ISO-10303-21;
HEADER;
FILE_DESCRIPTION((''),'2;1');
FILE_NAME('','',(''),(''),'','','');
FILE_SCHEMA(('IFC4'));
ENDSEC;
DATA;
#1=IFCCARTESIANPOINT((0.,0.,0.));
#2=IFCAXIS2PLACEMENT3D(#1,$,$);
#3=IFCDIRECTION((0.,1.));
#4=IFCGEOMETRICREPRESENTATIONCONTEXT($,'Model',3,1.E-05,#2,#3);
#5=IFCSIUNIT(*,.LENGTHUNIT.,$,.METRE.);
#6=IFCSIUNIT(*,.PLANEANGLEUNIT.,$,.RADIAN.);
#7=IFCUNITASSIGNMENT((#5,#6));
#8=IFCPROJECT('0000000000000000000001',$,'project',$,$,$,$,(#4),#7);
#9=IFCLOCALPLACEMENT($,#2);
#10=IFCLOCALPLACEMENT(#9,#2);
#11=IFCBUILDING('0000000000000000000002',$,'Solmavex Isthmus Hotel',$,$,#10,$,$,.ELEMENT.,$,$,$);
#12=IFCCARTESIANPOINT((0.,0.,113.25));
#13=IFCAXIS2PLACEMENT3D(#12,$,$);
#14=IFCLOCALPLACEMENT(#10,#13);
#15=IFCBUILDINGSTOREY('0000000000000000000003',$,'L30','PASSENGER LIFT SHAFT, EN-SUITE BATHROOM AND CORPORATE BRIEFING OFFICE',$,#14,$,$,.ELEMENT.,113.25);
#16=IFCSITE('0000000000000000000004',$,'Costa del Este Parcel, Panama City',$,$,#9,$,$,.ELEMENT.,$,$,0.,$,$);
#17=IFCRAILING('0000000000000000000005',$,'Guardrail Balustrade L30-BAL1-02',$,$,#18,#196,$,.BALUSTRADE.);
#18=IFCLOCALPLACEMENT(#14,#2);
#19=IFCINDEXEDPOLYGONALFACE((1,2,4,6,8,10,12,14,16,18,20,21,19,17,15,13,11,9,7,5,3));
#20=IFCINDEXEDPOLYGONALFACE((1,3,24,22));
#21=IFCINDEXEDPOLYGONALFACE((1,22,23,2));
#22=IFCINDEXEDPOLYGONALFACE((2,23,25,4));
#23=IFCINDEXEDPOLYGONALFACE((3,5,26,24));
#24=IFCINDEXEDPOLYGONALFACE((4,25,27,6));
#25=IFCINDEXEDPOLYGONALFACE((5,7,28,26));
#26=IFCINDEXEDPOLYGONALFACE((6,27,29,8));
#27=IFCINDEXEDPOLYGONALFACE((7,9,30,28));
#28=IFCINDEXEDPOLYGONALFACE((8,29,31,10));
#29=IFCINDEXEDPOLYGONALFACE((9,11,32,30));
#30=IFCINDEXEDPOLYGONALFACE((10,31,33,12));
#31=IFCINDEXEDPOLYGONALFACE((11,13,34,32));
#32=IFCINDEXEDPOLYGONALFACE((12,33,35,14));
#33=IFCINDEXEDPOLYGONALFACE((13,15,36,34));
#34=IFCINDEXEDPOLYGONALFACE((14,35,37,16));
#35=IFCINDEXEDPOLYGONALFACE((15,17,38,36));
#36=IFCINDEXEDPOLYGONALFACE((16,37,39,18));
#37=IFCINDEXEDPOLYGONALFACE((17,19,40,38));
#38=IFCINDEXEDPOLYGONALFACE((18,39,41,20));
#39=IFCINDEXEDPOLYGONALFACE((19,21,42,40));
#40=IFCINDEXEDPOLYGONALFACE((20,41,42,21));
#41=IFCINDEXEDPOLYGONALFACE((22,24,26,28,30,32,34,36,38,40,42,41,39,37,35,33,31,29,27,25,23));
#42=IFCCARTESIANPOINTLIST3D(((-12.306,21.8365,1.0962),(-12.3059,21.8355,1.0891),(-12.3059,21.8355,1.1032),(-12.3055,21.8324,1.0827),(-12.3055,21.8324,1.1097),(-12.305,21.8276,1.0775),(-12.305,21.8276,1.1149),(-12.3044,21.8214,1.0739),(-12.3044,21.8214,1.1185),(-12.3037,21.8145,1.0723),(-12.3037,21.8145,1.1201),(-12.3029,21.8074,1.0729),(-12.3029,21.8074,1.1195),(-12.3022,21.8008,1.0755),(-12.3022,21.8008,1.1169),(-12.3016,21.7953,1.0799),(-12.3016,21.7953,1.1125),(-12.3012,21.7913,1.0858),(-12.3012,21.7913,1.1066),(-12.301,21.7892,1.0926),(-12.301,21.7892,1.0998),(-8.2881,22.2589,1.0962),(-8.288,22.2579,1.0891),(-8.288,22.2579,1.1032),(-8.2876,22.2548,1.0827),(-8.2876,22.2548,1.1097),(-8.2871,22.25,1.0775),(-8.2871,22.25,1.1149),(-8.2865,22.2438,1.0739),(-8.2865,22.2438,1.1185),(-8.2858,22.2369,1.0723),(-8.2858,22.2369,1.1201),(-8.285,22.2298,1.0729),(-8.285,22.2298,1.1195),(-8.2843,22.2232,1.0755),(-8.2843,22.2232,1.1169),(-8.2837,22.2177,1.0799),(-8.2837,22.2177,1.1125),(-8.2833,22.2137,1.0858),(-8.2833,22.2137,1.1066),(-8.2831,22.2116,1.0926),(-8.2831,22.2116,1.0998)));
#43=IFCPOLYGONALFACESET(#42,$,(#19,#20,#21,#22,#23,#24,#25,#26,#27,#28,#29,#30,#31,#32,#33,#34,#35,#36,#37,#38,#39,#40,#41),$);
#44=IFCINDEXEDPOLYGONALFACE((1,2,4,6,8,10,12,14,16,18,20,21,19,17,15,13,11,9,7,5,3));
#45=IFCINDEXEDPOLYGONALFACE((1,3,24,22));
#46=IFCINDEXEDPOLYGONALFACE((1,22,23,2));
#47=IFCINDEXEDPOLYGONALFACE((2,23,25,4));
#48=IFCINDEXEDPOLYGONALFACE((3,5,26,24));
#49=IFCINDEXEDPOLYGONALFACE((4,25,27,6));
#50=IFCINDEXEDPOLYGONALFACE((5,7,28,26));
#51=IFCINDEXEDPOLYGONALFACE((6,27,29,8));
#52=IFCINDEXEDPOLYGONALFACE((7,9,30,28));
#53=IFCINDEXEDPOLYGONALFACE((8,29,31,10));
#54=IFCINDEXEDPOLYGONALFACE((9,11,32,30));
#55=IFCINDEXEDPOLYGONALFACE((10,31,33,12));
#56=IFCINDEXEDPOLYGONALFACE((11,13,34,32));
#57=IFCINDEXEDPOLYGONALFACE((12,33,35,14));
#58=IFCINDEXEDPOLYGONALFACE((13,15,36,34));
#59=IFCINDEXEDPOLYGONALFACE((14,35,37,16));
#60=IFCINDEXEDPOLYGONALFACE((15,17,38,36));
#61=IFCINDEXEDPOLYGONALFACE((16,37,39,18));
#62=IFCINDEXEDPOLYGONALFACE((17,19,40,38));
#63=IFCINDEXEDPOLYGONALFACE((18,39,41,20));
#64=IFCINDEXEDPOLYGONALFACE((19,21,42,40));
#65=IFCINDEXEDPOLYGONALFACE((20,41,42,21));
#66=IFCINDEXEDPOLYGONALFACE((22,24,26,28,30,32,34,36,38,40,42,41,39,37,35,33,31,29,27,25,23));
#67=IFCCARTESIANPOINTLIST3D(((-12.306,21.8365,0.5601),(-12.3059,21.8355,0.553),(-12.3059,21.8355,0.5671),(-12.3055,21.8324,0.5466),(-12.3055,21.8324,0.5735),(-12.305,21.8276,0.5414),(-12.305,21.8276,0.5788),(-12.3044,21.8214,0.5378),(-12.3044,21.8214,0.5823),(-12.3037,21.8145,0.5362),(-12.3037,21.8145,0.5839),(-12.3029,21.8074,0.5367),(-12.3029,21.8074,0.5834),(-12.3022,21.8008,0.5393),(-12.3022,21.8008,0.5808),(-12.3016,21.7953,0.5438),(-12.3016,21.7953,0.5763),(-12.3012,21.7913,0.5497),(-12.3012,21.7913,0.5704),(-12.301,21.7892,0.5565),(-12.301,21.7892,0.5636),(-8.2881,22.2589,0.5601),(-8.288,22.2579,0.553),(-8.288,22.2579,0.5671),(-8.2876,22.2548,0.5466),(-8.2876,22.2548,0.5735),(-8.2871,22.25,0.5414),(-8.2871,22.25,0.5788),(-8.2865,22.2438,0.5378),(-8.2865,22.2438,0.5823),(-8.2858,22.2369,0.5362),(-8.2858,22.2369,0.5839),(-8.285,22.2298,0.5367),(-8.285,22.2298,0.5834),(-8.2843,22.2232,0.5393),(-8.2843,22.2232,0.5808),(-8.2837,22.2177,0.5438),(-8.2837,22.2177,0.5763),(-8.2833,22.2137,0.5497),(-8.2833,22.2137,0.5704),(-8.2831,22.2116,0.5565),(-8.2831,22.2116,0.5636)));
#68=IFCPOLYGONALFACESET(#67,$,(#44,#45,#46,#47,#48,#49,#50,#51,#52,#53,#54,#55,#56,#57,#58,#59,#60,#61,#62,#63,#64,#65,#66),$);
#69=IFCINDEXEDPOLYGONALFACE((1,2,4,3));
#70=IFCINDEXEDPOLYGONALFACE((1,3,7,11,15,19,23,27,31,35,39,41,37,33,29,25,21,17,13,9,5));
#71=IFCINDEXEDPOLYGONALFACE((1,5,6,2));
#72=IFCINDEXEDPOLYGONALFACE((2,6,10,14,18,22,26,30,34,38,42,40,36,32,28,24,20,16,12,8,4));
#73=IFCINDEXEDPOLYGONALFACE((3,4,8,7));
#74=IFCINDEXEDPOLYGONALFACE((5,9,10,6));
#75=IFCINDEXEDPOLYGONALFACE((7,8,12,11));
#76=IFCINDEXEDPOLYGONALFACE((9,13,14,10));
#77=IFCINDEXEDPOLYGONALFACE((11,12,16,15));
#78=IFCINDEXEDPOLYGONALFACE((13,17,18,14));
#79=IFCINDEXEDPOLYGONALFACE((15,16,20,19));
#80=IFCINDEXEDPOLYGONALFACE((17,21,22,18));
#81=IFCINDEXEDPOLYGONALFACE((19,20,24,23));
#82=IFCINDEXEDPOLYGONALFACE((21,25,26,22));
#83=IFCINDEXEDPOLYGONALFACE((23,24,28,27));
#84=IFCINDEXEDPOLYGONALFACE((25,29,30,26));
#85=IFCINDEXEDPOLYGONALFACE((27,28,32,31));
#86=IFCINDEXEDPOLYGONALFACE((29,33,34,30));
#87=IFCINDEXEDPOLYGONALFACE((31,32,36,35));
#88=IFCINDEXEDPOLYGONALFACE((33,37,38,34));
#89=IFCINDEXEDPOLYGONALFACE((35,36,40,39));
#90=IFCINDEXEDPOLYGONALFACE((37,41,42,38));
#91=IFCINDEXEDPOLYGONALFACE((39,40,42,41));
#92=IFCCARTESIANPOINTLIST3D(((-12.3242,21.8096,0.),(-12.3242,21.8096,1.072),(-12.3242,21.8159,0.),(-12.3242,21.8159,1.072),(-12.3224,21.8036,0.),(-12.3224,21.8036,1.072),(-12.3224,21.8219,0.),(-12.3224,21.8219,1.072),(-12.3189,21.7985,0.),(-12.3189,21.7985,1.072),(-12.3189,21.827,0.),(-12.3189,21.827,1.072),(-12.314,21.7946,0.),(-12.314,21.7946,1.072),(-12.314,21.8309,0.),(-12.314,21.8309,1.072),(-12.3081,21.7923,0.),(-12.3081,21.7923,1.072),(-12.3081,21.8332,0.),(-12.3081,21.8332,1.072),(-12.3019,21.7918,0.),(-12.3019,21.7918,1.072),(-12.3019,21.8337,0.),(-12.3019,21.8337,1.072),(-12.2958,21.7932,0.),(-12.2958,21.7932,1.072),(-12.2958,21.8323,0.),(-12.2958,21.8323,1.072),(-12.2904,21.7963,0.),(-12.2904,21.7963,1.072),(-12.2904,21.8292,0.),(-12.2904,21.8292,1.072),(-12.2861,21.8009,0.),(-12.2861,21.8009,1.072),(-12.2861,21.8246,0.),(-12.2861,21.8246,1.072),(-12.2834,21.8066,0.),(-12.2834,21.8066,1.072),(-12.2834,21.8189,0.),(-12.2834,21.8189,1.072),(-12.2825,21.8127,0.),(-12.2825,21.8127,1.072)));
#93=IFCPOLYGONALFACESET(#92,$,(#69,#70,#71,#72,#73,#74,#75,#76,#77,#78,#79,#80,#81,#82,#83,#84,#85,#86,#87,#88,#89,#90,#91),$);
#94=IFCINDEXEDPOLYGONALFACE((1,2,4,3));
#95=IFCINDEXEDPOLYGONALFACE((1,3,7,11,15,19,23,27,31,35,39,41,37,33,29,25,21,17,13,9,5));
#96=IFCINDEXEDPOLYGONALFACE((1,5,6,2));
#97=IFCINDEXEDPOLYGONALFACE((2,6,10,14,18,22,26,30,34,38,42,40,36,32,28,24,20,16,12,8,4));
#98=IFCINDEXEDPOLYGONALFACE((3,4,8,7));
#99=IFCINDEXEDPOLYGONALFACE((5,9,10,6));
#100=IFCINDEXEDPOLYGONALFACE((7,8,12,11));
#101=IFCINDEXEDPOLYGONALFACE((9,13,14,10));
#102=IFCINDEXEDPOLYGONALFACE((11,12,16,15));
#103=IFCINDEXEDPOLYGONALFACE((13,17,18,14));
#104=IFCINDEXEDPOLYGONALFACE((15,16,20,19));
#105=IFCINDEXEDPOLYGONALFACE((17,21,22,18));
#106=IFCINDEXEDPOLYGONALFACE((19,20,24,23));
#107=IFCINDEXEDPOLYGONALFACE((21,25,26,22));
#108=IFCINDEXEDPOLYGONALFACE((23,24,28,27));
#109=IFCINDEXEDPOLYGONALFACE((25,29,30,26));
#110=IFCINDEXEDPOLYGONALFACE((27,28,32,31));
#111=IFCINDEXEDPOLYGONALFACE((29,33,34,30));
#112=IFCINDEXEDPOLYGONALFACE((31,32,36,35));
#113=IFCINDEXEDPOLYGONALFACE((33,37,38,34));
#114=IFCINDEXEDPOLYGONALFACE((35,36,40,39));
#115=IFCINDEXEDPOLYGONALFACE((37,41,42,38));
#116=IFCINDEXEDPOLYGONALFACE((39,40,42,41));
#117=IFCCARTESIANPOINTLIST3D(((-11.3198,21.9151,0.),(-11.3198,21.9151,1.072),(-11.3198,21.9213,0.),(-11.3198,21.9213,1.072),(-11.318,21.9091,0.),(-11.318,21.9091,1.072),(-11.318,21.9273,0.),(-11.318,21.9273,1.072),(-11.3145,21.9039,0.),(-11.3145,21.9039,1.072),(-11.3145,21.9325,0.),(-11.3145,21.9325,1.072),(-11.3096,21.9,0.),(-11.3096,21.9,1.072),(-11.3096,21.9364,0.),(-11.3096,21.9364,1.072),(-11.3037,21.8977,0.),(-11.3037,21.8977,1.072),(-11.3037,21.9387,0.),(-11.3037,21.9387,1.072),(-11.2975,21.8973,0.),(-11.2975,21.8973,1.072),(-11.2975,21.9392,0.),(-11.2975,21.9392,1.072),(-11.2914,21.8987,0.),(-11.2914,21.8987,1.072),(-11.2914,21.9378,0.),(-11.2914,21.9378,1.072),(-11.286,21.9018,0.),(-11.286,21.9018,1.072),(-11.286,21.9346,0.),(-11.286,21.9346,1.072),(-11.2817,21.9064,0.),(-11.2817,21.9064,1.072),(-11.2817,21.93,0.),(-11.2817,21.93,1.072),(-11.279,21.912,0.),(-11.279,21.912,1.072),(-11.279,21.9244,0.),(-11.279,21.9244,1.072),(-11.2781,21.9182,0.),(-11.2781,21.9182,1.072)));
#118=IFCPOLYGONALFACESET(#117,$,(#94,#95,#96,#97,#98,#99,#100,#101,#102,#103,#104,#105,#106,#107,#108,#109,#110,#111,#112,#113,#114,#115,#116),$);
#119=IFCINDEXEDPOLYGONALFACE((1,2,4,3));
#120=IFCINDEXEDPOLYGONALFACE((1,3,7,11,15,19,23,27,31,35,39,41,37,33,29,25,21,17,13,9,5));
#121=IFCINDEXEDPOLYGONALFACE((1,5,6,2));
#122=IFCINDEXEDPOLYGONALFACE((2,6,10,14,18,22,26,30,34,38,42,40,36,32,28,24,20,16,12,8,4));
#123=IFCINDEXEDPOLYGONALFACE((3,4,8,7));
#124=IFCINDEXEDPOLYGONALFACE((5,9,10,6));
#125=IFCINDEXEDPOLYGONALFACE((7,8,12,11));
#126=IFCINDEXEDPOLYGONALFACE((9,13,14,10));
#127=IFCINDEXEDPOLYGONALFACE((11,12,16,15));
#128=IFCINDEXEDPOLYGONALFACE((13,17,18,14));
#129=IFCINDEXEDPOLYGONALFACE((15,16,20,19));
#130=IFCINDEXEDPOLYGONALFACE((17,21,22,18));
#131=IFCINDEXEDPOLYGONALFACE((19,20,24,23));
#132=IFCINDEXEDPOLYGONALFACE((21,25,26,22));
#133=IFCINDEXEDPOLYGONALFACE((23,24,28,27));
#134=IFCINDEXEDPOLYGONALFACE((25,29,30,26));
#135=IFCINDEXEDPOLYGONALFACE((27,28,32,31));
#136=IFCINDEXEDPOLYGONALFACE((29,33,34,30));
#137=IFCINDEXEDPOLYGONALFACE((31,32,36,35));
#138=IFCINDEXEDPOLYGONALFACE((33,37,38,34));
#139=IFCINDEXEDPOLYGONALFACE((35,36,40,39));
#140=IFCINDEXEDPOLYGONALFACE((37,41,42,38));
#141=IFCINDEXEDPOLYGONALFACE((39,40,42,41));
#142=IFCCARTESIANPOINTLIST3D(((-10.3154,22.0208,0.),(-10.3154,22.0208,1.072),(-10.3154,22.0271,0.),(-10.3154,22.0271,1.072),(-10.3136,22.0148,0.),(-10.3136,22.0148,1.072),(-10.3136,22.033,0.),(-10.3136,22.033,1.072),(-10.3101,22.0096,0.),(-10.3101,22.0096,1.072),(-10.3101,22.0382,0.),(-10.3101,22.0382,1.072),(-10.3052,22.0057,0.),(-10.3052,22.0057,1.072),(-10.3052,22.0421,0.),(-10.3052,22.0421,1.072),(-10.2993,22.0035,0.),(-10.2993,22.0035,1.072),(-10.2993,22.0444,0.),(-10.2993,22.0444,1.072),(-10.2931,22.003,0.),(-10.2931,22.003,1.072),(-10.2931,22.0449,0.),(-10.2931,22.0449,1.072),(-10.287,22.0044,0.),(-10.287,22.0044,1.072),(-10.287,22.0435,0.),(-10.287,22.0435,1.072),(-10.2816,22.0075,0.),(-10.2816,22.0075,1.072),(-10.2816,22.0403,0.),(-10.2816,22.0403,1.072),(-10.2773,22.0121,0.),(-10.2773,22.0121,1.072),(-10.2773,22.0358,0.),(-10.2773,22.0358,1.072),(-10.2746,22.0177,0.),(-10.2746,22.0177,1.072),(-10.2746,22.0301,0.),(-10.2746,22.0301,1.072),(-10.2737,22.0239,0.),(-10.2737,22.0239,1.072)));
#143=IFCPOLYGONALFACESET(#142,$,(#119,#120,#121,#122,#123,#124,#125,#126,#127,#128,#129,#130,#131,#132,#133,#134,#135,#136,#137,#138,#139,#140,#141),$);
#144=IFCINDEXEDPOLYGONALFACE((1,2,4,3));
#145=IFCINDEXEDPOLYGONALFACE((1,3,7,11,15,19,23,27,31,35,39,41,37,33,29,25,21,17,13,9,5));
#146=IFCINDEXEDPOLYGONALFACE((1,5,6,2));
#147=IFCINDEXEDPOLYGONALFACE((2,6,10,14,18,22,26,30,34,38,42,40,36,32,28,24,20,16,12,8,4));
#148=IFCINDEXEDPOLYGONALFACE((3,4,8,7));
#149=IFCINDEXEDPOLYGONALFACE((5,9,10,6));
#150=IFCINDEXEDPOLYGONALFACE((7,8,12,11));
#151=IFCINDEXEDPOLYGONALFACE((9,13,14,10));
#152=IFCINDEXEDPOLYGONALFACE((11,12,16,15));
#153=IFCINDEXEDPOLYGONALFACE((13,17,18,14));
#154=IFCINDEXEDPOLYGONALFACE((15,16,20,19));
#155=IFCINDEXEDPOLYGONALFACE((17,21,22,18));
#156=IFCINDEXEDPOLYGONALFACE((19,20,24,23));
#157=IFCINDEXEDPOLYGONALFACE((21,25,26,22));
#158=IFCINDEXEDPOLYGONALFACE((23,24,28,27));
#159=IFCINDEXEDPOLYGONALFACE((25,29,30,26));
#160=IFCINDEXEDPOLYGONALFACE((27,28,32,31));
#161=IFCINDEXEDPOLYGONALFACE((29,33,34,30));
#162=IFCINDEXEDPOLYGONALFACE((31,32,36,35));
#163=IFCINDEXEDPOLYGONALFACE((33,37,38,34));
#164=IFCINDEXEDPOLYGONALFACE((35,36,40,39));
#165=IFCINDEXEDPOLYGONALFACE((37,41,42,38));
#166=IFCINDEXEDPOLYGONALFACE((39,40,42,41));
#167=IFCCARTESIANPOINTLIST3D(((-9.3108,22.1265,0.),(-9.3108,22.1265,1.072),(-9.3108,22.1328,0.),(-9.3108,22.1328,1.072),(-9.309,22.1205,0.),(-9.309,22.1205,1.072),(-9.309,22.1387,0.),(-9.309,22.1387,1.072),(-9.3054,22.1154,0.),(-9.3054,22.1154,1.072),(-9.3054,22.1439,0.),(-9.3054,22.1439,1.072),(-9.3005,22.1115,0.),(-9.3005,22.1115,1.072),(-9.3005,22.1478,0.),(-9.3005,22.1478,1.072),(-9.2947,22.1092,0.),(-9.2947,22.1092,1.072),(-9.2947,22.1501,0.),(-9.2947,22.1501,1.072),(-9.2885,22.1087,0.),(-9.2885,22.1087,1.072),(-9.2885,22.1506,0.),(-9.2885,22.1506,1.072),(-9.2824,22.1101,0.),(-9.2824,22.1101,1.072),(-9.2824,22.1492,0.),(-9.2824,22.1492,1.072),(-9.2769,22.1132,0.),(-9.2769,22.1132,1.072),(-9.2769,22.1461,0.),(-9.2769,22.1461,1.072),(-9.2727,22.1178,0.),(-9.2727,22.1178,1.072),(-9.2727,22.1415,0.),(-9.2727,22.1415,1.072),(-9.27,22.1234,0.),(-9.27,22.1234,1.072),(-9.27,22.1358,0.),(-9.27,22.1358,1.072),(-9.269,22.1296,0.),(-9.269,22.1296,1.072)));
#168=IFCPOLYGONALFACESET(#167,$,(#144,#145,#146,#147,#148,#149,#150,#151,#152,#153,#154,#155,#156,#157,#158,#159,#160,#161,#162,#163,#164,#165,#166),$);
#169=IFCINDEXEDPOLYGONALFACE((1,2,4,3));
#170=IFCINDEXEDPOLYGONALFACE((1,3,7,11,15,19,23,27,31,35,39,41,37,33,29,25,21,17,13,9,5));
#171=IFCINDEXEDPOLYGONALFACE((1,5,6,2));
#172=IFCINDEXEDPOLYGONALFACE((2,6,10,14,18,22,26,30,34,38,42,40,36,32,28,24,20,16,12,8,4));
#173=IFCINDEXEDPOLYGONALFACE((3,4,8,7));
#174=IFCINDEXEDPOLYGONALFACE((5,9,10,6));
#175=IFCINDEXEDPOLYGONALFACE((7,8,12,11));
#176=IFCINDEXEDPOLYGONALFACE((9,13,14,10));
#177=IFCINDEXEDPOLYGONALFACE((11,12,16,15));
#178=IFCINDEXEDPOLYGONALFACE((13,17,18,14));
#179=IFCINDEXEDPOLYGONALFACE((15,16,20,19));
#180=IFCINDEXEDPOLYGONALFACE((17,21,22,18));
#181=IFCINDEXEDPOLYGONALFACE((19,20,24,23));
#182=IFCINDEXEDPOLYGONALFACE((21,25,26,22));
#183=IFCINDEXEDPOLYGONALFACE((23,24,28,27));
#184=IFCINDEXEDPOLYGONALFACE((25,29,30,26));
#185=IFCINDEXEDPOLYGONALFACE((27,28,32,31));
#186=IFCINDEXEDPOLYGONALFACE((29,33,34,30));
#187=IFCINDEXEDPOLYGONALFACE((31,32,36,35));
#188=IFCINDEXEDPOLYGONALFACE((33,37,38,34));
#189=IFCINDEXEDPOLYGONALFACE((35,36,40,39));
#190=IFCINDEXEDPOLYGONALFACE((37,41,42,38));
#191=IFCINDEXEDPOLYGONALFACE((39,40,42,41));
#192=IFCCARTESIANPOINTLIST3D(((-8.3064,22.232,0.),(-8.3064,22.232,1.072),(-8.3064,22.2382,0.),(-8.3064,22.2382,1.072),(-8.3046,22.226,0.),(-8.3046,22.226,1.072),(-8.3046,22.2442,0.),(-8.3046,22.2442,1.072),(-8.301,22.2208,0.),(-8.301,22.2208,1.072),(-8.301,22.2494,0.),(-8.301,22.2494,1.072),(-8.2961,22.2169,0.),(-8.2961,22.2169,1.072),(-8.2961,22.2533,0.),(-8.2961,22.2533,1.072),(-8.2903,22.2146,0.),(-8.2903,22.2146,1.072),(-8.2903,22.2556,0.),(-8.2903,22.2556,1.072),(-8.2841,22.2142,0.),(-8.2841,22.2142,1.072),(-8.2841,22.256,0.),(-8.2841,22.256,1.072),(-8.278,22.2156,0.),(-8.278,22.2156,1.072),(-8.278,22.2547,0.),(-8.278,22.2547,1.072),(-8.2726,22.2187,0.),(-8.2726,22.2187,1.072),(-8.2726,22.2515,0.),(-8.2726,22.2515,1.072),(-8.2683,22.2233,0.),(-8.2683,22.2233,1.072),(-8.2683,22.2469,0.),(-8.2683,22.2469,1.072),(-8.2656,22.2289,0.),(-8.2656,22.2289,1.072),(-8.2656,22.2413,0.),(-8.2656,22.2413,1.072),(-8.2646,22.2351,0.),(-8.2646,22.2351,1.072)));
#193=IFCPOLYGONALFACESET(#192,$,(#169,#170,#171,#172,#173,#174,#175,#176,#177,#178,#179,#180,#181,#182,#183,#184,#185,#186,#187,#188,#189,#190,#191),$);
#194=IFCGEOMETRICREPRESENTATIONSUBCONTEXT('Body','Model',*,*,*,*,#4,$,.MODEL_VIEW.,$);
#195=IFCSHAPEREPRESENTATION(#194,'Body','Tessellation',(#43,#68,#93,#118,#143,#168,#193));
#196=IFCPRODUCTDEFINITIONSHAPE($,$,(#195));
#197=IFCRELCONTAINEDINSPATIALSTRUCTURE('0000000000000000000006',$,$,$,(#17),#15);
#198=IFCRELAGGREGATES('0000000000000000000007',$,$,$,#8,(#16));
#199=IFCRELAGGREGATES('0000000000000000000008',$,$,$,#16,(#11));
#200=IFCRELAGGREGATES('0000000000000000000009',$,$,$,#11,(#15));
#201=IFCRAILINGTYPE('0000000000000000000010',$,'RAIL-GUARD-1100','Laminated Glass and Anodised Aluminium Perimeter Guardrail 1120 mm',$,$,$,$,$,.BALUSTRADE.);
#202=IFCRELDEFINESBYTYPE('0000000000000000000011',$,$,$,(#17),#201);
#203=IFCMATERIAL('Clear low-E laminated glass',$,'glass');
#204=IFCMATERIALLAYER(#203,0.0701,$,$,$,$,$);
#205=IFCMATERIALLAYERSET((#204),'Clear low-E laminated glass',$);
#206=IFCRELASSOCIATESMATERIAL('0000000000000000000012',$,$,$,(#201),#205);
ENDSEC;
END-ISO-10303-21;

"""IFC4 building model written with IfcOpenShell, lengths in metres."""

from ifc_helpers import new_model, si_unit, direction, frame, origin, origin_2d, place, context, subcontext, project, spatial, circle, extrude, material, layer, layer_set, type_object, element, save


model = new_model("IFC4")

# Units and contexts
model_context = context("Model", 3, precision=1e-05, world=origin(), true_north=direction((0.0, 1.0)))
body_context = subcontext(model_context, "Body", "Model", "MODEL_VIEW")
ifc_project = project(units=[si_unit("LENGTHUNIT", "METRE"), si_unit("PLANEANGLEUNIT", "RADIAN")], contexts=[model_context])

# Site, building, storey
site_placement = place(None, origin())
site = spatial("IfcSite", under=ifc_project, at=site_placement, Name="Costa del Este Parcel, Panama City", CompositionType="ELEMENT", RefElevation=0.0)
building_placement = place(site_placement, origin())
building = spatial("IfcBuilding", under=site, at=building_placement, Name="Solmavex Isthmus Hotel", CompositionType="ELEMENT")
storey_placement = place(building_placement, frame((0.0, 0.0, 113.25)))
storey = spatial("IfcBuildingStorey", under=building, at=storey_placement, Name="L30", Description="PASSENGER LIFT SHAFT, EN-SUITE BATHROOM AND CORPORATE BRIEFING OFFICE", CompositionType="ELEMENT", Elevation=113.25)

# Shared definitions
ifc_material_1 = material(Name="Clear low-E laminated glass", Category="glass")

# Railing
ifc_layer_1 = layer(ifc_material_1, 0.0701)
ifc_layer_set_1 = layer_set([ifc_layer_1], Name="Clear low-E laminated glass")
railing_type = type_object("IfcRailingType", Name="RAIL-GUARD-1100", Description="Laminated Glass and Anodised Aluminium Perimeter Guardrail 1120 mm", PredefinedType="BALUSTRADE", material=ifc_layer_set_1)
railing_1_placement = place(storey_placement, frame((-12.3035, 21.8127, 0.0)))
element("IfcRailing", 1, at=railing_1_placement, inside=storey, type_object=railing_type, Name="Guardrail Balustrade L30-BAL1-02", PredefinedType="BALUSTRADE", context=body_context, shape_type="SweptSolid", body=[
    extrude(circle(Radius=0.0239, at=origin_2d()), frame((0.0, 0.0, 1.0962), z_axis=(0.99452, 0.104546, 0.0), x_axis=(-0.104546, 0.99452, 0.0)), (0.0, 0.0, 1.0), 4.04),
    extrude(circle(Radius=0.0239, at=origin_2d()), frame((0.0, 0.0, 0.5601), z_axis=(0.99452, 0.104546, 0.0), x_axis=(-0.104546, 0.99452, 0.0)), (0.0, 0.0, 1.0), 4.04),
    extrude(circle(Radius=0.021, at=origin_2d()), origin(), (0.0, 0.0, 1.0), 1.072),
    extrude(circle(Radius=0.021, at=origin_2d()), frame((1.0044, 0.1055, 0.0)), (0.0, 0.0, 1.0), 1.072),
    extrude(circle(Radius=0.021, at=origin_2d()), frame((2.0088, 0.2112, 0.0)), (0.0, 0.0, 1.0), 1.072),
    extrude(circle(Radius=0.021, at=origin_2d()), frame((3.0134, 0.3169, 0.0)), (0.0, 0.0, 1.0), 1.072),
    extrude(circle(Radius=0.021, at=origin_2d()), frame((4.0178, 0.4224, 0.0)), (0.0, 0.0, 1.0), 1.072),
])

save(model, "model.ifc")
